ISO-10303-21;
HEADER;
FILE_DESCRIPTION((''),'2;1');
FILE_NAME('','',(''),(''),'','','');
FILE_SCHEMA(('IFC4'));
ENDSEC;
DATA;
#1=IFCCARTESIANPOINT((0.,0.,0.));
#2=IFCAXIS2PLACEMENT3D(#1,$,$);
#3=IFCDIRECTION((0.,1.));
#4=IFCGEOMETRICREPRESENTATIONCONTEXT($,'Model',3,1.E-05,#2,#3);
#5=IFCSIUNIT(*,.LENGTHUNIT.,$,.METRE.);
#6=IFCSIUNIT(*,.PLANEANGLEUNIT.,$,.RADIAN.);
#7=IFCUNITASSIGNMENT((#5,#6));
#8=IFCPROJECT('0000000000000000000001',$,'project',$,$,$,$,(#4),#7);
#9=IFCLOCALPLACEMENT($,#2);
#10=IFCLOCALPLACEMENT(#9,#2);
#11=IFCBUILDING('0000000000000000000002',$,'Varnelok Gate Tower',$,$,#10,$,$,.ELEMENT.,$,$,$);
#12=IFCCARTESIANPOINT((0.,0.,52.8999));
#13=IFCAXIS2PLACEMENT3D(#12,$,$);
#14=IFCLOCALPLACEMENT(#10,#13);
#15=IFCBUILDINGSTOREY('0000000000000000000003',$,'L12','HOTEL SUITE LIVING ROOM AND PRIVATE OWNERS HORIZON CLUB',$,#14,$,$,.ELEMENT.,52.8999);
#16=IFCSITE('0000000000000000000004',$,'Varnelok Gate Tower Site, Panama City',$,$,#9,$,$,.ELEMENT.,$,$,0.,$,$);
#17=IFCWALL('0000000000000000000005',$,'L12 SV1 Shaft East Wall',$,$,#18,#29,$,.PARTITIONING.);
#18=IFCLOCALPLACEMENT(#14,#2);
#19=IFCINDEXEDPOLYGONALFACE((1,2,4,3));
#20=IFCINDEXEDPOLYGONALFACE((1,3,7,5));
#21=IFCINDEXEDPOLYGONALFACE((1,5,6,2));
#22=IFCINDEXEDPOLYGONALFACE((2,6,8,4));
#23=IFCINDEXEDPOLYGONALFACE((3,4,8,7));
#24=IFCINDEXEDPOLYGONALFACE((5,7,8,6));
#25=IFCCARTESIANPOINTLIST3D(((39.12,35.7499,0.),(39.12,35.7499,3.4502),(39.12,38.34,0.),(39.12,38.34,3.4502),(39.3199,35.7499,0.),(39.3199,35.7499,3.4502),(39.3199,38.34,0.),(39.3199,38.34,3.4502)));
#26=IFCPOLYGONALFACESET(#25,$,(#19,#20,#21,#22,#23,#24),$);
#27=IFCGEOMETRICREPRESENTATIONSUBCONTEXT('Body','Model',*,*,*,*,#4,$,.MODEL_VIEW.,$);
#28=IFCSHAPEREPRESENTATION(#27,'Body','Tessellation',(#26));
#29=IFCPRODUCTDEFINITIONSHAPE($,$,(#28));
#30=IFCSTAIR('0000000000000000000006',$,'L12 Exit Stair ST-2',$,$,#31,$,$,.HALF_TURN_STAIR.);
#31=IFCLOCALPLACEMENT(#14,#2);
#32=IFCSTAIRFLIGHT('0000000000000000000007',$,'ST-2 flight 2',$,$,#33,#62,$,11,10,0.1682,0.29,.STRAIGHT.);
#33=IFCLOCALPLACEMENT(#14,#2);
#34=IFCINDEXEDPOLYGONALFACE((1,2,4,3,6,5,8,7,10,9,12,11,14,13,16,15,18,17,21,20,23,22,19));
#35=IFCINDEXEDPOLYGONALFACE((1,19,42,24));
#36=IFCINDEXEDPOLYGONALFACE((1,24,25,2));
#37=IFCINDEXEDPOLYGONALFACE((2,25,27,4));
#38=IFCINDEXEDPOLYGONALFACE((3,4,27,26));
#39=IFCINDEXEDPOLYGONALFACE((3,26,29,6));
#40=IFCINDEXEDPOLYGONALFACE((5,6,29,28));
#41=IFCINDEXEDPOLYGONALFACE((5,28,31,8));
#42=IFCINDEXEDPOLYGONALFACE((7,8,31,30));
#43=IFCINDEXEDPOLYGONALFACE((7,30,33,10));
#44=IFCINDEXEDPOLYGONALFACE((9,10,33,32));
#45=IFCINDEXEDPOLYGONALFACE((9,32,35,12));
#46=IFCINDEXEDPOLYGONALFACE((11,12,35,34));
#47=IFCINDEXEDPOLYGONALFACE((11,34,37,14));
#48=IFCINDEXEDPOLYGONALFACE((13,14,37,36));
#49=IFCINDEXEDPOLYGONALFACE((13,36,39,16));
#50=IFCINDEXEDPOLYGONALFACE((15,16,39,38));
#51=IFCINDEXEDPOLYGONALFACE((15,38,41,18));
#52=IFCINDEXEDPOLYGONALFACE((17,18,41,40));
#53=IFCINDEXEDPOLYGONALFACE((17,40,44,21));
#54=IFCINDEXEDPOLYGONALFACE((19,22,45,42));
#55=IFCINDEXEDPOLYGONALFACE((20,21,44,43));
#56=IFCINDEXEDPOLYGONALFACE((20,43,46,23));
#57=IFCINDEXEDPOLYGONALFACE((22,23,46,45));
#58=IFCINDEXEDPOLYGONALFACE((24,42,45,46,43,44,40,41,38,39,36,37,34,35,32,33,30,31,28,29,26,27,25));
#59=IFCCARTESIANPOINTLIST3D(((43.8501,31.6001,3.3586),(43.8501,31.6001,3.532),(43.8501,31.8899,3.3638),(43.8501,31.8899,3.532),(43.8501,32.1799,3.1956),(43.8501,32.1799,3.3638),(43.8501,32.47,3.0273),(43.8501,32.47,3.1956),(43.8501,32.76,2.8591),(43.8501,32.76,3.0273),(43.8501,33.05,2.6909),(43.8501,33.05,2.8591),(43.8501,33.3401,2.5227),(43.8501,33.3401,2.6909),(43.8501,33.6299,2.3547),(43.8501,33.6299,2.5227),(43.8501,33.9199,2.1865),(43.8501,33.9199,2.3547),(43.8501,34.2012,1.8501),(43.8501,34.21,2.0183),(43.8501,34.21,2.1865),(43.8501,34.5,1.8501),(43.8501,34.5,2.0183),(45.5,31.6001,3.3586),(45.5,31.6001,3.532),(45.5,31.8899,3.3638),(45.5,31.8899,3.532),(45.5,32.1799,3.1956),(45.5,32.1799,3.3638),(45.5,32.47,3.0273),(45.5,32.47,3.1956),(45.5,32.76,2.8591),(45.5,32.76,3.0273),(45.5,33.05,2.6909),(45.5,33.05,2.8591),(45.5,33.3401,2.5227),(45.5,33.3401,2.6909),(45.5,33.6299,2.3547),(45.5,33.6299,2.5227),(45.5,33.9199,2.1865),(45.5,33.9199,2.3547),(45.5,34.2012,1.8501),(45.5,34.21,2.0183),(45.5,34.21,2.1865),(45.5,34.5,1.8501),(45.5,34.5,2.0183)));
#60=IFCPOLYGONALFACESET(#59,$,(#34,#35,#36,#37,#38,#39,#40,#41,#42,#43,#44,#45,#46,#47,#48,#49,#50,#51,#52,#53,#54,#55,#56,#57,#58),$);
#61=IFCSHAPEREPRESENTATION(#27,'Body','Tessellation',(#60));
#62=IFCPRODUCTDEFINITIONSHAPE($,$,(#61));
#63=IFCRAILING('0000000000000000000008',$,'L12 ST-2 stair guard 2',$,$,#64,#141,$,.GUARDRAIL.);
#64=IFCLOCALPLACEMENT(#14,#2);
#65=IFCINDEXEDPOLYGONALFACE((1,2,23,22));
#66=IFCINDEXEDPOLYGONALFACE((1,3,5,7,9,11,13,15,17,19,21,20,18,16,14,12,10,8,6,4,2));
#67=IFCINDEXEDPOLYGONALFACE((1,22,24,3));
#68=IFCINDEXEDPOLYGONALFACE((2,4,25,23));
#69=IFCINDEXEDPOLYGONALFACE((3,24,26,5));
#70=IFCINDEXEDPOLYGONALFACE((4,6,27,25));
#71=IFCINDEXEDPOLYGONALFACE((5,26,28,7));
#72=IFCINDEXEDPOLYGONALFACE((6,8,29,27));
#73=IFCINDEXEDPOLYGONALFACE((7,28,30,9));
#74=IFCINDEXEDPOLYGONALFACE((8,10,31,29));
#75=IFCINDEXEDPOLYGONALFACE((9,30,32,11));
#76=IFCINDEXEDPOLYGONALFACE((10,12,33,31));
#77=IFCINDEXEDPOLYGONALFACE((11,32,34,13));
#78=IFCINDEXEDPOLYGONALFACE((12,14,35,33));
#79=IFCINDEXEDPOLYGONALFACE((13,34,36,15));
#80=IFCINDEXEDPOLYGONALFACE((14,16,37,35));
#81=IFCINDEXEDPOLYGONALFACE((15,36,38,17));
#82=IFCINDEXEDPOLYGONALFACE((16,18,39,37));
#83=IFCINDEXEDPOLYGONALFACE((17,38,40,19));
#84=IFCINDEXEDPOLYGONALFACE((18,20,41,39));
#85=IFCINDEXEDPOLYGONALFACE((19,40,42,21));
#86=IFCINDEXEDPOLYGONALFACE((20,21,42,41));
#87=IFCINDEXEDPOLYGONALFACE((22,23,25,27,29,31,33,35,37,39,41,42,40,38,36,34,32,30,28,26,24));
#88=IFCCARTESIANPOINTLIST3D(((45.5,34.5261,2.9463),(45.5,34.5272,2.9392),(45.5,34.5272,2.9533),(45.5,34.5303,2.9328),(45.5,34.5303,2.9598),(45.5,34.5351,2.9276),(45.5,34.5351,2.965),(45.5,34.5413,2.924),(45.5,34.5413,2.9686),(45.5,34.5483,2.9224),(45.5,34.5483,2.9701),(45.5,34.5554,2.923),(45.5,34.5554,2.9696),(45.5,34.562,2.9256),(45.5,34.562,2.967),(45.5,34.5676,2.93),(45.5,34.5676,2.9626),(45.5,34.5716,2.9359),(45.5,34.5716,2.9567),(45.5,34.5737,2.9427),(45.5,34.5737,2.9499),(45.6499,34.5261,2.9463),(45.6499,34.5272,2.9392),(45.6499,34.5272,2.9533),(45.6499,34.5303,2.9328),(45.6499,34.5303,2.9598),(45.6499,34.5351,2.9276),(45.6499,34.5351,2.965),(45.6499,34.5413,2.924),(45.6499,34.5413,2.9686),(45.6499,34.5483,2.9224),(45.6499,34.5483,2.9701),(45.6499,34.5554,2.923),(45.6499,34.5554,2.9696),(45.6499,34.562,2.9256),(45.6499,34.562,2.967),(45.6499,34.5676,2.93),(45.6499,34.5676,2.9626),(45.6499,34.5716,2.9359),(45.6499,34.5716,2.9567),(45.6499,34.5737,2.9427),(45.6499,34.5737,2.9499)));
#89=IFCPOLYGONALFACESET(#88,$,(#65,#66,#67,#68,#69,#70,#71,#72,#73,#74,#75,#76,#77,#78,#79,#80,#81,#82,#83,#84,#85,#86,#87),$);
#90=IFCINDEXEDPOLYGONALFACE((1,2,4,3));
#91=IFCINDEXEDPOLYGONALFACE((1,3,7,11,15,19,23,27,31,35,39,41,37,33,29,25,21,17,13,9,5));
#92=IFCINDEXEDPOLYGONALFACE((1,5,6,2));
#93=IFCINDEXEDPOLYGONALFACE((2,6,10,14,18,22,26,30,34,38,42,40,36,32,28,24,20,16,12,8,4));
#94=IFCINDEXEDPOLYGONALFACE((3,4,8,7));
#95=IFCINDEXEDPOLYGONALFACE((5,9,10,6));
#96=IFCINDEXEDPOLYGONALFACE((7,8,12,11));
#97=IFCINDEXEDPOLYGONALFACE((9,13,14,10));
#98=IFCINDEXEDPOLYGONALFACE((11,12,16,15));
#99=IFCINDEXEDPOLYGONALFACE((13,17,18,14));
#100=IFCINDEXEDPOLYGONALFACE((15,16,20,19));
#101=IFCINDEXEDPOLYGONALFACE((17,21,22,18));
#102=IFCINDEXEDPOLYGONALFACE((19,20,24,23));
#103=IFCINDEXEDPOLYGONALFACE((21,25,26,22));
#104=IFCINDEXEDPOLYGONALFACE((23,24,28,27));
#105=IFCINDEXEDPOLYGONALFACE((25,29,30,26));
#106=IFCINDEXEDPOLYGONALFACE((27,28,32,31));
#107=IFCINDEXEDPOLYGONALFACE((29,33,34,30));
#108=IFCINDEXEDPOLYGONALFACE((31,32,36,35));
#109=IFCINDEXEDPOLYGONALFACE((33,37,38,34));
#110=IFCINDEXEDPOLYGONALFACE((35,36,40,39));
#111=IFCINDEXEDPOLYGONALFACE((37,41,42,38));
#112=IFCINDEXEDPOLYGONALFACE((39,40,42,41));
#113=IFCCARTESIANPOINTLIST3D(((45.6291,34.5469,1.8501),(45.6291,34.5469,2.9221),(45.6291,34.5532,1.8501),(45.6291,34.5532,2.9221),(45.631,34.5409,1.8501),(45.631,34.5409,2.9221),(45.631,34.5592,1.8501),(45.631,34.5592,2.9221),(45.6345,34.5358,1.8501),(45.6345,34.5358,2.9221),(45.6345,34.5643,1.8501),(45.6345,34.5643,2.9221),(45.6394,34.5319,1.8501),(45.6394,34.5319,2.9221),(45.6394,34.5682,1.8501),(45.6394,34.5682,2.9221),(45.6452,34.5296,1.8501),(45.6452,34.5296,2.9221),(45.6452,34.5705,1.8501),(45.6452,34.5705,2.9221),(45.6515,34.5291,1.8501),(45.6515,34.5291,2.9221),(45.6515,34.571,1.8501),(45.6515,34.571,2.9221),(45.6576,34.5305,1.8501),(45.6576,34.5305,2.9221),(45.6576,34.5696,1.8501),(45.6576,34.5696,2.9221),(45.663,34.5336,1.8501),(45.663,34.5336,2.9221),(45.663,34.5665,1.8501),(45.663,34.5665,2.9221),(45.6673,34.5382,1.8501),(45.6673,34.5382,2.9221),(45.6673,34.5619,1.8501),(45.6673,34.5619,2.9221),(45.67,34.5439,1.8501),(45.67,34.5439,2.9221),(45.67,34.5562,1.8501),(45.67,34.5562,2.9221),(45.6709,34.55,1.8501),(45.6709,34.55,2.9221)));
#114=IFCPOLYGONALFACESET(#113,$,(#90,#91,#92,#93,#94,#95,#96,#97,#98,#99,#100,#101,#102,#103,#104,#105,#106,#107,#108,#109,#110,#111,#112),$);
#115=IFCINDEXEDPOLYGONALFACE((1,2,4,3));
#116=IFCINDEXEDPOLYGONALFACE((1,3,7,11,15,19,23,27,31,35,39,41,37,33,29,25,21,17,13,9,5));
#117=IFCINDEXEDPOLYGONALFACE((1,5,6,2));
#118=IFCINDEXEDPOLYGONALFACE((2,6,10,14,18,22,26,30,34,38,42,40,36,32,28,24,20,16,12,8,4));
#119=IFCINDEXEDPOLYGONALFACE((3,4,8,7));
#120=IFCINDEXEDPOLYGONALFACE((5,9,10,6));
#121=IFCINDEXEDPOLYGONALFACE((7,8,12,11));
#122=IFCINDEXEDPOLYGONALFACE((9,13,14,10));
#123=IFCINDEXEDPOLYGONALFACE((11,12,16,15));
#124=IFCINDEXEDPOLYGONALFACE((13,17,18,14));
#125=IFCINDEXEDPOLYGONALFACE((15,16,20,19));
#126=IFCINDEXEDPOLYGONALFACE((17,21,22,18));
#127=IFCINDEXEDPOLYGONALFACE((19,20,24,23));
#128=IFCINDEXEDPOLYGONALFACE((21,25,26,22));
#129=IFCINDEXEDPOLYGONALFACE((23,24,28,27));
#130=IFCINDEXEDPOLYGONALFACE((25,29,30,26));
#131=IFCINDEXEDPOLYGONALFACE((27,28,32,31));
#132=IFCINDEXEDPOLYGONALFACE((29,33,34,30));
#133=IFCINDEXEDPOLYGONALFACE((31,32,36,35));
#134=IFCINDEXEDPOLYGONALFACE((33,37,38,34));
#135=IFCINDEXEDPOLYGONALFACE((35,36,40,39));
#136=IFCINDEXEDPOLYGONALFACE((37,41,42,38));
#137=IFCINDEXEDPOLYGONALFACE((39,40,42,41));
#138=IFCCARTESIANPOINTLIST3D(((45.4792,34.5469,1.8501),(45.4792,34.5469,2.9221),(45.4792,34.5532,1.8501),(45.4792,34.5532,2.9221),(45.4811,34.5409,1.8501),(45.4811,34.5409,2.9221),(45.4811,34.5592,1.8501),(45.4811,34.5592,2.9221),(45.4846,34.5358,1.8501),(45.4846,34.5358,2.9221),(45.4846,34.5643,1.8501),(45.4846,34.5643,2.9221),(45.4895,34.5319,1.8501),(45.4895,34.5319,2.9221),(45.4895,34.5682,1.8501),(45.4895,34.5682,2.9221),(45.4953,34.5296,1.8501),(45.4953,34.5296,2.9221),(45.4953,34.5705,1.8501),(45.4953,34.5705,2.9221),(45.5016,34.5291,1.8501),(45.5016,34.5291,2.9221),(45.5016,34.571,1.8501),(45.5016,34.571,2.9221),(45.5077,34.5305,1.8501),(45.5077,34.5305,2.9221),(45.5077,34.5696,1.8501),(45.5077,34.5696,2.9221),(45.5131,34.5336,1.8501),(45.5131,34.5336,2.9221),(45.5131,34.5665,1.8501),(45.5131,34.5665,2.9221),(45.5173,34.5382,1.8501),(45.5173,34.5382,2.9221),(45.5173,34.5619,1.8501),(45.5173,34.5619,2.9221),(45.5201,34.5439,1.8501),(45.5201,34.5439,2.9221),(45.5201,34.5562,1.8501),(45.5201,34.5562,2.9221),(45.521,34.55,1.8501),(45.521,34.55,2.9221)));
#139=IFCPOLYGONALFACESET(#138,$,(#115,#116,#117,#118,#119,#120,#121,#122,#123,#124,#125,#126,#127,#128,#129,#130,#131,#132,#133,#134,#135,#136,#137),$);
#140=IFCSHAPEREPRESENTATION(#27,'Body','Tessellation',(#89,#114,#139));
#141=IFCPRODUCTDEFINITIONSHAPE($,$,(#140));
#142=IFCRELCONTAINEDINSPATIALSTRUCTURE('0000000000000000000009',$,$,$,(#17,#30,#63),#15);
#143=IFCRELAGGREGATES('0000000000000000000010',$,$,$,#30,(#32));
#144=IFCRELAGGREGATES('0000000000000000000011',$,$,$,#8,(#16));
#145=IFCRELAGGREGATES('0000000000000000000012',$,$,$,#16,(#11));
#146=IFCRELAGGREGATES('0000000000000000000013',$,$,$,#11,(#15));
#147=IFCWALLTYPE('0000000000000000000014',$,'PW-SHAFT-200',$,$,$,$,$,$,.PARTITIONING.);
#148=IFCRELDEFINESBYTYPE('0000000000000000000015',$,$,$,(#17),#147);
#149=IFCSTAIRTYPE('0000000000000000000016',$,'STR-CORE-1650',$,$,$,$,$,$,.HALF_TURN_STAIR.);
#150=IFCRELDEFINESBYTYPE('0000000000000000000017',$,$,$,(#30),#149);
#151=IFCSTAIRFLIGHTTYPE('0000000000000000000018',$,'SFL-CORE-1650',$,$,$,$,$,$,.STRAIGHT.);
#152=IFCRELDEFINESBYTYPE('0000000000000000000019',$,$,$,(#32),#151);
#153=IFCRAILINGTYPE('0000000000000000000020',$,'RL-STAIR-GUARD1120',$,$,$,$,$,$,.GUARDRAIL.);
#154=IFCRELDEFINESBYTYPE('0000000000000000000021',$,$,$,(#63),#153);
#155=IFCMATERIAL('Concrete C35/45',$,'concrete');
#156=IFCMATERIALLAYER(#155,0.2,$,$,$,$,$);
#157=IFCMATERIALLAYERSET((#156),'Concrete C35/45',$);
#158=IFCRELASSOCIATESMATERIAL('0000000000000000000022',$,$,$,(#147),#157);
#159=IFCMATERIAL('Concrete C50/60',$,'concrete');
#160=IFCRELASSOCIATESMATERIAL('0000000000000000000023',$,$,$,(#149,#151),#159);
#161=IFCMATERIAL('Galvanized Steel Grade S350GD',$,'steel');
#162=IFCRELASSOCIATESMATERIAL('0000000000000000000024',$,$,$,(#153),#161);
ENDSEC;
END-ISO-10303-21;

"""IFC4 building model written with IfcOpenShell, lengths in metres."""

from ifc_helpers import new_model, si_unit, direction, frame, frame_2d, origin, origin_2d, place, context, subcontext, project, spatial, polyline, rectangle, circle, outline, extrude, material, layer, layer_set, type_object, element, aggregate, save


model = new_model("IFC4")

# Units and contexts
model_context = context("Model", 3, precision=1e-05, world=origin(), true_north=direction((0.0, 1.0)))
body_context = subcontext(model_context, "Body", "Model", "MODEL_VIEW")
ifc_project = project(units=[si_unit("LENGTHUNIT", "METRE"), si_unit("PLANEANGLEUNIT", "RADIAN")], contexts=[model_context])

# Site, building, storey
site_placement = place(None, origin())
site = spatial("IfcSite", under=ifc_project, at=site_placement, Name="Varnelok Gate Tower Site, Panama City", CompositionType="ELEMENT", RefElevation=0.0)
building_placement = place(site_placement, origin())
building = spatial("IfcBuilding", under=site, at=building_placement, Name="Varnelok Gate Tower", CompositionType="ELEMENT")
storey_placement = place(building_placement, frame((0.0, 0.0, 52.8999)))
storey = spatial("IfcBuildingStorey", under=building, at=storey_placement, Name="L12", Description="HOTEL SUITE LIVING ROOM AND PRIVATE OWNERS HORIZON CLUB", CompositionType="ELEMENT", Elevation=52.8999)

# Shared definitions
ifc_material_1 = material(Name="Galvanized Steel Grade S350GD", Category="steel")

# Shared definitions
ifc_material_2 = material(Name="Concrete C35/45", Category="concrete")
ifc_layer_1 = layer(ifc_material_2, 0.2)
ifc_layer_set_1 = layer_set([ifc_layer_1], Name="Concrete C35/45")
wall_type_1 = type_object("IfcWallType", Name="PW-SHAFT-200", PredefinedType="PARTITIONING", material=ifc_layer_set_1)

# Wall
wall_1_placement = place(storey_placement, frame((39.22, 35.75, 0.0), z_axis=(0.0, 0.0, 1.0), x_axis=(0.0, 1.0, 0.0)))
element("IfcWall", 1, at=wall_1_placement, inside=storey, type_object=wall_type_1, Name="L12 SV1 Shaft East Wall", PredefinedType="PARTITIONING", context=body_context, shape_type="SweptSolid", body=[
    extrude(rectangle(XDim=2.5901, YDim=0.2, at=frame_2d((1.2949, 0.0))), origin(), (0.0, 0.0, 1.0), 3.4502),
])

# Stair, stair flight
ifc_material_3 = material(Name="Concrete C50/60", Category="concrete")
stair_type = type_object("IfcStairType", Name="STR-CORE-1650", PredefinedType="HALF_TURN_STAIR", material=ifc_material_3)
stair_placement = place(storey_placement, origin())
stair = element("IfcStair", 2, at=stair_placement, inside=storey, type_object=stair_type, Name="L12 Exit Stair ST-2", PredefinedType="HALF_TURN_STAIR")
stair_flight_type = type_object("IfcStairFlightType", Name="SFL-CORE-1650", PredefinedType="STRAIGHT", material=ifc_material_3)
stair_flight_placement = place(storey_placement, frame((44.675, 34.5, 1.8501), z_axis=(0.0, 0.0, 1.0), x_axis=(0.0, -1.0, 0.0)))
stair_flight = element("IfcStairFlight", 3, at=stair_flight_placement, type_object=stair_flight_type, Name="ST-2 flight 2", NumberOfRisers=11, NumberOfTreads=10, PredefinedType="STRAIGHT", RiserHeight=0.1682, TreadLength=0.29, context=body_context, shape_type="SweptSolid", body=[
    extrude(outline(polyline([(0.0, 0.0), (0.0, 0.1682), (0.29, 0.1682), (0.29, 0.3364), (0.5801, 0.3364), (0.5801, 0.5046), (0.8701, 0.5046), (0.8701, 0.6726), (1.1599, 0.6726), (1.1599, 0.8408), (1.45, 0.8408), (1.45, 1.009), (1.74, 1.009), (1.74, 1.1772), (2.03, 1.1772), (2.03, 1.3455), (2.3201, 1.3455), (2.3201, 1.5137), (2.6101, 1.5137), (2.6101, 1.6819), (2.8999, 1.6819), (2.8999, 1.8501), (2.8999, 1.5085), (0.2988, 0.0), (0.0, 0.0)])), frame((0.0, 0.825, 0.0), z_axis=(0.0, -1.0, 0.0), x_axis=(1.0, 0.0, 0.0)), (0.0, 0.0, 1.0), 1.6499),
])
aggregate(stair, [stair_flight])

# Railing
railing_type_1 = type_object("IfcRailingType", Name="RL-STAIR-GUARD1120", PredefinedType="GUARDRAIL", material=ifc_material_1)
railing_1_placement = place(storey_placement, frame((45.6499, 34.55, 1.8501)))
element("IfcRailing", 4, at=railing_1_placement, inside=storey, type_object=railing_type_1, Name="L12 ST-2 stair guard 2", PredefinedType="GUARDRAIL", context=body_context, shape_type="SweptSolid", body=[
    extrude(circle(Radius=0.0239, at=origin_2d()), frame((0.0, 0.0, 1.0962), z_axis=(-1.0, 0.0, 0.0), x_axis=(0.0, -1.0, 0.0)), (0.0, 0.0, 1.0), 0.1499),
    extrude(circle(Radius=0.021, at=origin_2d()), origin(), (0.0, 0.0, 1.0), 1.072),
    extrude(circle(Radius=0.021, at=origin_2d()), frame((-0.1499, 0.0, 0.0)), (0.0, 0.0, 1.0), 1.072),
])

save(model, "model.ifc")
